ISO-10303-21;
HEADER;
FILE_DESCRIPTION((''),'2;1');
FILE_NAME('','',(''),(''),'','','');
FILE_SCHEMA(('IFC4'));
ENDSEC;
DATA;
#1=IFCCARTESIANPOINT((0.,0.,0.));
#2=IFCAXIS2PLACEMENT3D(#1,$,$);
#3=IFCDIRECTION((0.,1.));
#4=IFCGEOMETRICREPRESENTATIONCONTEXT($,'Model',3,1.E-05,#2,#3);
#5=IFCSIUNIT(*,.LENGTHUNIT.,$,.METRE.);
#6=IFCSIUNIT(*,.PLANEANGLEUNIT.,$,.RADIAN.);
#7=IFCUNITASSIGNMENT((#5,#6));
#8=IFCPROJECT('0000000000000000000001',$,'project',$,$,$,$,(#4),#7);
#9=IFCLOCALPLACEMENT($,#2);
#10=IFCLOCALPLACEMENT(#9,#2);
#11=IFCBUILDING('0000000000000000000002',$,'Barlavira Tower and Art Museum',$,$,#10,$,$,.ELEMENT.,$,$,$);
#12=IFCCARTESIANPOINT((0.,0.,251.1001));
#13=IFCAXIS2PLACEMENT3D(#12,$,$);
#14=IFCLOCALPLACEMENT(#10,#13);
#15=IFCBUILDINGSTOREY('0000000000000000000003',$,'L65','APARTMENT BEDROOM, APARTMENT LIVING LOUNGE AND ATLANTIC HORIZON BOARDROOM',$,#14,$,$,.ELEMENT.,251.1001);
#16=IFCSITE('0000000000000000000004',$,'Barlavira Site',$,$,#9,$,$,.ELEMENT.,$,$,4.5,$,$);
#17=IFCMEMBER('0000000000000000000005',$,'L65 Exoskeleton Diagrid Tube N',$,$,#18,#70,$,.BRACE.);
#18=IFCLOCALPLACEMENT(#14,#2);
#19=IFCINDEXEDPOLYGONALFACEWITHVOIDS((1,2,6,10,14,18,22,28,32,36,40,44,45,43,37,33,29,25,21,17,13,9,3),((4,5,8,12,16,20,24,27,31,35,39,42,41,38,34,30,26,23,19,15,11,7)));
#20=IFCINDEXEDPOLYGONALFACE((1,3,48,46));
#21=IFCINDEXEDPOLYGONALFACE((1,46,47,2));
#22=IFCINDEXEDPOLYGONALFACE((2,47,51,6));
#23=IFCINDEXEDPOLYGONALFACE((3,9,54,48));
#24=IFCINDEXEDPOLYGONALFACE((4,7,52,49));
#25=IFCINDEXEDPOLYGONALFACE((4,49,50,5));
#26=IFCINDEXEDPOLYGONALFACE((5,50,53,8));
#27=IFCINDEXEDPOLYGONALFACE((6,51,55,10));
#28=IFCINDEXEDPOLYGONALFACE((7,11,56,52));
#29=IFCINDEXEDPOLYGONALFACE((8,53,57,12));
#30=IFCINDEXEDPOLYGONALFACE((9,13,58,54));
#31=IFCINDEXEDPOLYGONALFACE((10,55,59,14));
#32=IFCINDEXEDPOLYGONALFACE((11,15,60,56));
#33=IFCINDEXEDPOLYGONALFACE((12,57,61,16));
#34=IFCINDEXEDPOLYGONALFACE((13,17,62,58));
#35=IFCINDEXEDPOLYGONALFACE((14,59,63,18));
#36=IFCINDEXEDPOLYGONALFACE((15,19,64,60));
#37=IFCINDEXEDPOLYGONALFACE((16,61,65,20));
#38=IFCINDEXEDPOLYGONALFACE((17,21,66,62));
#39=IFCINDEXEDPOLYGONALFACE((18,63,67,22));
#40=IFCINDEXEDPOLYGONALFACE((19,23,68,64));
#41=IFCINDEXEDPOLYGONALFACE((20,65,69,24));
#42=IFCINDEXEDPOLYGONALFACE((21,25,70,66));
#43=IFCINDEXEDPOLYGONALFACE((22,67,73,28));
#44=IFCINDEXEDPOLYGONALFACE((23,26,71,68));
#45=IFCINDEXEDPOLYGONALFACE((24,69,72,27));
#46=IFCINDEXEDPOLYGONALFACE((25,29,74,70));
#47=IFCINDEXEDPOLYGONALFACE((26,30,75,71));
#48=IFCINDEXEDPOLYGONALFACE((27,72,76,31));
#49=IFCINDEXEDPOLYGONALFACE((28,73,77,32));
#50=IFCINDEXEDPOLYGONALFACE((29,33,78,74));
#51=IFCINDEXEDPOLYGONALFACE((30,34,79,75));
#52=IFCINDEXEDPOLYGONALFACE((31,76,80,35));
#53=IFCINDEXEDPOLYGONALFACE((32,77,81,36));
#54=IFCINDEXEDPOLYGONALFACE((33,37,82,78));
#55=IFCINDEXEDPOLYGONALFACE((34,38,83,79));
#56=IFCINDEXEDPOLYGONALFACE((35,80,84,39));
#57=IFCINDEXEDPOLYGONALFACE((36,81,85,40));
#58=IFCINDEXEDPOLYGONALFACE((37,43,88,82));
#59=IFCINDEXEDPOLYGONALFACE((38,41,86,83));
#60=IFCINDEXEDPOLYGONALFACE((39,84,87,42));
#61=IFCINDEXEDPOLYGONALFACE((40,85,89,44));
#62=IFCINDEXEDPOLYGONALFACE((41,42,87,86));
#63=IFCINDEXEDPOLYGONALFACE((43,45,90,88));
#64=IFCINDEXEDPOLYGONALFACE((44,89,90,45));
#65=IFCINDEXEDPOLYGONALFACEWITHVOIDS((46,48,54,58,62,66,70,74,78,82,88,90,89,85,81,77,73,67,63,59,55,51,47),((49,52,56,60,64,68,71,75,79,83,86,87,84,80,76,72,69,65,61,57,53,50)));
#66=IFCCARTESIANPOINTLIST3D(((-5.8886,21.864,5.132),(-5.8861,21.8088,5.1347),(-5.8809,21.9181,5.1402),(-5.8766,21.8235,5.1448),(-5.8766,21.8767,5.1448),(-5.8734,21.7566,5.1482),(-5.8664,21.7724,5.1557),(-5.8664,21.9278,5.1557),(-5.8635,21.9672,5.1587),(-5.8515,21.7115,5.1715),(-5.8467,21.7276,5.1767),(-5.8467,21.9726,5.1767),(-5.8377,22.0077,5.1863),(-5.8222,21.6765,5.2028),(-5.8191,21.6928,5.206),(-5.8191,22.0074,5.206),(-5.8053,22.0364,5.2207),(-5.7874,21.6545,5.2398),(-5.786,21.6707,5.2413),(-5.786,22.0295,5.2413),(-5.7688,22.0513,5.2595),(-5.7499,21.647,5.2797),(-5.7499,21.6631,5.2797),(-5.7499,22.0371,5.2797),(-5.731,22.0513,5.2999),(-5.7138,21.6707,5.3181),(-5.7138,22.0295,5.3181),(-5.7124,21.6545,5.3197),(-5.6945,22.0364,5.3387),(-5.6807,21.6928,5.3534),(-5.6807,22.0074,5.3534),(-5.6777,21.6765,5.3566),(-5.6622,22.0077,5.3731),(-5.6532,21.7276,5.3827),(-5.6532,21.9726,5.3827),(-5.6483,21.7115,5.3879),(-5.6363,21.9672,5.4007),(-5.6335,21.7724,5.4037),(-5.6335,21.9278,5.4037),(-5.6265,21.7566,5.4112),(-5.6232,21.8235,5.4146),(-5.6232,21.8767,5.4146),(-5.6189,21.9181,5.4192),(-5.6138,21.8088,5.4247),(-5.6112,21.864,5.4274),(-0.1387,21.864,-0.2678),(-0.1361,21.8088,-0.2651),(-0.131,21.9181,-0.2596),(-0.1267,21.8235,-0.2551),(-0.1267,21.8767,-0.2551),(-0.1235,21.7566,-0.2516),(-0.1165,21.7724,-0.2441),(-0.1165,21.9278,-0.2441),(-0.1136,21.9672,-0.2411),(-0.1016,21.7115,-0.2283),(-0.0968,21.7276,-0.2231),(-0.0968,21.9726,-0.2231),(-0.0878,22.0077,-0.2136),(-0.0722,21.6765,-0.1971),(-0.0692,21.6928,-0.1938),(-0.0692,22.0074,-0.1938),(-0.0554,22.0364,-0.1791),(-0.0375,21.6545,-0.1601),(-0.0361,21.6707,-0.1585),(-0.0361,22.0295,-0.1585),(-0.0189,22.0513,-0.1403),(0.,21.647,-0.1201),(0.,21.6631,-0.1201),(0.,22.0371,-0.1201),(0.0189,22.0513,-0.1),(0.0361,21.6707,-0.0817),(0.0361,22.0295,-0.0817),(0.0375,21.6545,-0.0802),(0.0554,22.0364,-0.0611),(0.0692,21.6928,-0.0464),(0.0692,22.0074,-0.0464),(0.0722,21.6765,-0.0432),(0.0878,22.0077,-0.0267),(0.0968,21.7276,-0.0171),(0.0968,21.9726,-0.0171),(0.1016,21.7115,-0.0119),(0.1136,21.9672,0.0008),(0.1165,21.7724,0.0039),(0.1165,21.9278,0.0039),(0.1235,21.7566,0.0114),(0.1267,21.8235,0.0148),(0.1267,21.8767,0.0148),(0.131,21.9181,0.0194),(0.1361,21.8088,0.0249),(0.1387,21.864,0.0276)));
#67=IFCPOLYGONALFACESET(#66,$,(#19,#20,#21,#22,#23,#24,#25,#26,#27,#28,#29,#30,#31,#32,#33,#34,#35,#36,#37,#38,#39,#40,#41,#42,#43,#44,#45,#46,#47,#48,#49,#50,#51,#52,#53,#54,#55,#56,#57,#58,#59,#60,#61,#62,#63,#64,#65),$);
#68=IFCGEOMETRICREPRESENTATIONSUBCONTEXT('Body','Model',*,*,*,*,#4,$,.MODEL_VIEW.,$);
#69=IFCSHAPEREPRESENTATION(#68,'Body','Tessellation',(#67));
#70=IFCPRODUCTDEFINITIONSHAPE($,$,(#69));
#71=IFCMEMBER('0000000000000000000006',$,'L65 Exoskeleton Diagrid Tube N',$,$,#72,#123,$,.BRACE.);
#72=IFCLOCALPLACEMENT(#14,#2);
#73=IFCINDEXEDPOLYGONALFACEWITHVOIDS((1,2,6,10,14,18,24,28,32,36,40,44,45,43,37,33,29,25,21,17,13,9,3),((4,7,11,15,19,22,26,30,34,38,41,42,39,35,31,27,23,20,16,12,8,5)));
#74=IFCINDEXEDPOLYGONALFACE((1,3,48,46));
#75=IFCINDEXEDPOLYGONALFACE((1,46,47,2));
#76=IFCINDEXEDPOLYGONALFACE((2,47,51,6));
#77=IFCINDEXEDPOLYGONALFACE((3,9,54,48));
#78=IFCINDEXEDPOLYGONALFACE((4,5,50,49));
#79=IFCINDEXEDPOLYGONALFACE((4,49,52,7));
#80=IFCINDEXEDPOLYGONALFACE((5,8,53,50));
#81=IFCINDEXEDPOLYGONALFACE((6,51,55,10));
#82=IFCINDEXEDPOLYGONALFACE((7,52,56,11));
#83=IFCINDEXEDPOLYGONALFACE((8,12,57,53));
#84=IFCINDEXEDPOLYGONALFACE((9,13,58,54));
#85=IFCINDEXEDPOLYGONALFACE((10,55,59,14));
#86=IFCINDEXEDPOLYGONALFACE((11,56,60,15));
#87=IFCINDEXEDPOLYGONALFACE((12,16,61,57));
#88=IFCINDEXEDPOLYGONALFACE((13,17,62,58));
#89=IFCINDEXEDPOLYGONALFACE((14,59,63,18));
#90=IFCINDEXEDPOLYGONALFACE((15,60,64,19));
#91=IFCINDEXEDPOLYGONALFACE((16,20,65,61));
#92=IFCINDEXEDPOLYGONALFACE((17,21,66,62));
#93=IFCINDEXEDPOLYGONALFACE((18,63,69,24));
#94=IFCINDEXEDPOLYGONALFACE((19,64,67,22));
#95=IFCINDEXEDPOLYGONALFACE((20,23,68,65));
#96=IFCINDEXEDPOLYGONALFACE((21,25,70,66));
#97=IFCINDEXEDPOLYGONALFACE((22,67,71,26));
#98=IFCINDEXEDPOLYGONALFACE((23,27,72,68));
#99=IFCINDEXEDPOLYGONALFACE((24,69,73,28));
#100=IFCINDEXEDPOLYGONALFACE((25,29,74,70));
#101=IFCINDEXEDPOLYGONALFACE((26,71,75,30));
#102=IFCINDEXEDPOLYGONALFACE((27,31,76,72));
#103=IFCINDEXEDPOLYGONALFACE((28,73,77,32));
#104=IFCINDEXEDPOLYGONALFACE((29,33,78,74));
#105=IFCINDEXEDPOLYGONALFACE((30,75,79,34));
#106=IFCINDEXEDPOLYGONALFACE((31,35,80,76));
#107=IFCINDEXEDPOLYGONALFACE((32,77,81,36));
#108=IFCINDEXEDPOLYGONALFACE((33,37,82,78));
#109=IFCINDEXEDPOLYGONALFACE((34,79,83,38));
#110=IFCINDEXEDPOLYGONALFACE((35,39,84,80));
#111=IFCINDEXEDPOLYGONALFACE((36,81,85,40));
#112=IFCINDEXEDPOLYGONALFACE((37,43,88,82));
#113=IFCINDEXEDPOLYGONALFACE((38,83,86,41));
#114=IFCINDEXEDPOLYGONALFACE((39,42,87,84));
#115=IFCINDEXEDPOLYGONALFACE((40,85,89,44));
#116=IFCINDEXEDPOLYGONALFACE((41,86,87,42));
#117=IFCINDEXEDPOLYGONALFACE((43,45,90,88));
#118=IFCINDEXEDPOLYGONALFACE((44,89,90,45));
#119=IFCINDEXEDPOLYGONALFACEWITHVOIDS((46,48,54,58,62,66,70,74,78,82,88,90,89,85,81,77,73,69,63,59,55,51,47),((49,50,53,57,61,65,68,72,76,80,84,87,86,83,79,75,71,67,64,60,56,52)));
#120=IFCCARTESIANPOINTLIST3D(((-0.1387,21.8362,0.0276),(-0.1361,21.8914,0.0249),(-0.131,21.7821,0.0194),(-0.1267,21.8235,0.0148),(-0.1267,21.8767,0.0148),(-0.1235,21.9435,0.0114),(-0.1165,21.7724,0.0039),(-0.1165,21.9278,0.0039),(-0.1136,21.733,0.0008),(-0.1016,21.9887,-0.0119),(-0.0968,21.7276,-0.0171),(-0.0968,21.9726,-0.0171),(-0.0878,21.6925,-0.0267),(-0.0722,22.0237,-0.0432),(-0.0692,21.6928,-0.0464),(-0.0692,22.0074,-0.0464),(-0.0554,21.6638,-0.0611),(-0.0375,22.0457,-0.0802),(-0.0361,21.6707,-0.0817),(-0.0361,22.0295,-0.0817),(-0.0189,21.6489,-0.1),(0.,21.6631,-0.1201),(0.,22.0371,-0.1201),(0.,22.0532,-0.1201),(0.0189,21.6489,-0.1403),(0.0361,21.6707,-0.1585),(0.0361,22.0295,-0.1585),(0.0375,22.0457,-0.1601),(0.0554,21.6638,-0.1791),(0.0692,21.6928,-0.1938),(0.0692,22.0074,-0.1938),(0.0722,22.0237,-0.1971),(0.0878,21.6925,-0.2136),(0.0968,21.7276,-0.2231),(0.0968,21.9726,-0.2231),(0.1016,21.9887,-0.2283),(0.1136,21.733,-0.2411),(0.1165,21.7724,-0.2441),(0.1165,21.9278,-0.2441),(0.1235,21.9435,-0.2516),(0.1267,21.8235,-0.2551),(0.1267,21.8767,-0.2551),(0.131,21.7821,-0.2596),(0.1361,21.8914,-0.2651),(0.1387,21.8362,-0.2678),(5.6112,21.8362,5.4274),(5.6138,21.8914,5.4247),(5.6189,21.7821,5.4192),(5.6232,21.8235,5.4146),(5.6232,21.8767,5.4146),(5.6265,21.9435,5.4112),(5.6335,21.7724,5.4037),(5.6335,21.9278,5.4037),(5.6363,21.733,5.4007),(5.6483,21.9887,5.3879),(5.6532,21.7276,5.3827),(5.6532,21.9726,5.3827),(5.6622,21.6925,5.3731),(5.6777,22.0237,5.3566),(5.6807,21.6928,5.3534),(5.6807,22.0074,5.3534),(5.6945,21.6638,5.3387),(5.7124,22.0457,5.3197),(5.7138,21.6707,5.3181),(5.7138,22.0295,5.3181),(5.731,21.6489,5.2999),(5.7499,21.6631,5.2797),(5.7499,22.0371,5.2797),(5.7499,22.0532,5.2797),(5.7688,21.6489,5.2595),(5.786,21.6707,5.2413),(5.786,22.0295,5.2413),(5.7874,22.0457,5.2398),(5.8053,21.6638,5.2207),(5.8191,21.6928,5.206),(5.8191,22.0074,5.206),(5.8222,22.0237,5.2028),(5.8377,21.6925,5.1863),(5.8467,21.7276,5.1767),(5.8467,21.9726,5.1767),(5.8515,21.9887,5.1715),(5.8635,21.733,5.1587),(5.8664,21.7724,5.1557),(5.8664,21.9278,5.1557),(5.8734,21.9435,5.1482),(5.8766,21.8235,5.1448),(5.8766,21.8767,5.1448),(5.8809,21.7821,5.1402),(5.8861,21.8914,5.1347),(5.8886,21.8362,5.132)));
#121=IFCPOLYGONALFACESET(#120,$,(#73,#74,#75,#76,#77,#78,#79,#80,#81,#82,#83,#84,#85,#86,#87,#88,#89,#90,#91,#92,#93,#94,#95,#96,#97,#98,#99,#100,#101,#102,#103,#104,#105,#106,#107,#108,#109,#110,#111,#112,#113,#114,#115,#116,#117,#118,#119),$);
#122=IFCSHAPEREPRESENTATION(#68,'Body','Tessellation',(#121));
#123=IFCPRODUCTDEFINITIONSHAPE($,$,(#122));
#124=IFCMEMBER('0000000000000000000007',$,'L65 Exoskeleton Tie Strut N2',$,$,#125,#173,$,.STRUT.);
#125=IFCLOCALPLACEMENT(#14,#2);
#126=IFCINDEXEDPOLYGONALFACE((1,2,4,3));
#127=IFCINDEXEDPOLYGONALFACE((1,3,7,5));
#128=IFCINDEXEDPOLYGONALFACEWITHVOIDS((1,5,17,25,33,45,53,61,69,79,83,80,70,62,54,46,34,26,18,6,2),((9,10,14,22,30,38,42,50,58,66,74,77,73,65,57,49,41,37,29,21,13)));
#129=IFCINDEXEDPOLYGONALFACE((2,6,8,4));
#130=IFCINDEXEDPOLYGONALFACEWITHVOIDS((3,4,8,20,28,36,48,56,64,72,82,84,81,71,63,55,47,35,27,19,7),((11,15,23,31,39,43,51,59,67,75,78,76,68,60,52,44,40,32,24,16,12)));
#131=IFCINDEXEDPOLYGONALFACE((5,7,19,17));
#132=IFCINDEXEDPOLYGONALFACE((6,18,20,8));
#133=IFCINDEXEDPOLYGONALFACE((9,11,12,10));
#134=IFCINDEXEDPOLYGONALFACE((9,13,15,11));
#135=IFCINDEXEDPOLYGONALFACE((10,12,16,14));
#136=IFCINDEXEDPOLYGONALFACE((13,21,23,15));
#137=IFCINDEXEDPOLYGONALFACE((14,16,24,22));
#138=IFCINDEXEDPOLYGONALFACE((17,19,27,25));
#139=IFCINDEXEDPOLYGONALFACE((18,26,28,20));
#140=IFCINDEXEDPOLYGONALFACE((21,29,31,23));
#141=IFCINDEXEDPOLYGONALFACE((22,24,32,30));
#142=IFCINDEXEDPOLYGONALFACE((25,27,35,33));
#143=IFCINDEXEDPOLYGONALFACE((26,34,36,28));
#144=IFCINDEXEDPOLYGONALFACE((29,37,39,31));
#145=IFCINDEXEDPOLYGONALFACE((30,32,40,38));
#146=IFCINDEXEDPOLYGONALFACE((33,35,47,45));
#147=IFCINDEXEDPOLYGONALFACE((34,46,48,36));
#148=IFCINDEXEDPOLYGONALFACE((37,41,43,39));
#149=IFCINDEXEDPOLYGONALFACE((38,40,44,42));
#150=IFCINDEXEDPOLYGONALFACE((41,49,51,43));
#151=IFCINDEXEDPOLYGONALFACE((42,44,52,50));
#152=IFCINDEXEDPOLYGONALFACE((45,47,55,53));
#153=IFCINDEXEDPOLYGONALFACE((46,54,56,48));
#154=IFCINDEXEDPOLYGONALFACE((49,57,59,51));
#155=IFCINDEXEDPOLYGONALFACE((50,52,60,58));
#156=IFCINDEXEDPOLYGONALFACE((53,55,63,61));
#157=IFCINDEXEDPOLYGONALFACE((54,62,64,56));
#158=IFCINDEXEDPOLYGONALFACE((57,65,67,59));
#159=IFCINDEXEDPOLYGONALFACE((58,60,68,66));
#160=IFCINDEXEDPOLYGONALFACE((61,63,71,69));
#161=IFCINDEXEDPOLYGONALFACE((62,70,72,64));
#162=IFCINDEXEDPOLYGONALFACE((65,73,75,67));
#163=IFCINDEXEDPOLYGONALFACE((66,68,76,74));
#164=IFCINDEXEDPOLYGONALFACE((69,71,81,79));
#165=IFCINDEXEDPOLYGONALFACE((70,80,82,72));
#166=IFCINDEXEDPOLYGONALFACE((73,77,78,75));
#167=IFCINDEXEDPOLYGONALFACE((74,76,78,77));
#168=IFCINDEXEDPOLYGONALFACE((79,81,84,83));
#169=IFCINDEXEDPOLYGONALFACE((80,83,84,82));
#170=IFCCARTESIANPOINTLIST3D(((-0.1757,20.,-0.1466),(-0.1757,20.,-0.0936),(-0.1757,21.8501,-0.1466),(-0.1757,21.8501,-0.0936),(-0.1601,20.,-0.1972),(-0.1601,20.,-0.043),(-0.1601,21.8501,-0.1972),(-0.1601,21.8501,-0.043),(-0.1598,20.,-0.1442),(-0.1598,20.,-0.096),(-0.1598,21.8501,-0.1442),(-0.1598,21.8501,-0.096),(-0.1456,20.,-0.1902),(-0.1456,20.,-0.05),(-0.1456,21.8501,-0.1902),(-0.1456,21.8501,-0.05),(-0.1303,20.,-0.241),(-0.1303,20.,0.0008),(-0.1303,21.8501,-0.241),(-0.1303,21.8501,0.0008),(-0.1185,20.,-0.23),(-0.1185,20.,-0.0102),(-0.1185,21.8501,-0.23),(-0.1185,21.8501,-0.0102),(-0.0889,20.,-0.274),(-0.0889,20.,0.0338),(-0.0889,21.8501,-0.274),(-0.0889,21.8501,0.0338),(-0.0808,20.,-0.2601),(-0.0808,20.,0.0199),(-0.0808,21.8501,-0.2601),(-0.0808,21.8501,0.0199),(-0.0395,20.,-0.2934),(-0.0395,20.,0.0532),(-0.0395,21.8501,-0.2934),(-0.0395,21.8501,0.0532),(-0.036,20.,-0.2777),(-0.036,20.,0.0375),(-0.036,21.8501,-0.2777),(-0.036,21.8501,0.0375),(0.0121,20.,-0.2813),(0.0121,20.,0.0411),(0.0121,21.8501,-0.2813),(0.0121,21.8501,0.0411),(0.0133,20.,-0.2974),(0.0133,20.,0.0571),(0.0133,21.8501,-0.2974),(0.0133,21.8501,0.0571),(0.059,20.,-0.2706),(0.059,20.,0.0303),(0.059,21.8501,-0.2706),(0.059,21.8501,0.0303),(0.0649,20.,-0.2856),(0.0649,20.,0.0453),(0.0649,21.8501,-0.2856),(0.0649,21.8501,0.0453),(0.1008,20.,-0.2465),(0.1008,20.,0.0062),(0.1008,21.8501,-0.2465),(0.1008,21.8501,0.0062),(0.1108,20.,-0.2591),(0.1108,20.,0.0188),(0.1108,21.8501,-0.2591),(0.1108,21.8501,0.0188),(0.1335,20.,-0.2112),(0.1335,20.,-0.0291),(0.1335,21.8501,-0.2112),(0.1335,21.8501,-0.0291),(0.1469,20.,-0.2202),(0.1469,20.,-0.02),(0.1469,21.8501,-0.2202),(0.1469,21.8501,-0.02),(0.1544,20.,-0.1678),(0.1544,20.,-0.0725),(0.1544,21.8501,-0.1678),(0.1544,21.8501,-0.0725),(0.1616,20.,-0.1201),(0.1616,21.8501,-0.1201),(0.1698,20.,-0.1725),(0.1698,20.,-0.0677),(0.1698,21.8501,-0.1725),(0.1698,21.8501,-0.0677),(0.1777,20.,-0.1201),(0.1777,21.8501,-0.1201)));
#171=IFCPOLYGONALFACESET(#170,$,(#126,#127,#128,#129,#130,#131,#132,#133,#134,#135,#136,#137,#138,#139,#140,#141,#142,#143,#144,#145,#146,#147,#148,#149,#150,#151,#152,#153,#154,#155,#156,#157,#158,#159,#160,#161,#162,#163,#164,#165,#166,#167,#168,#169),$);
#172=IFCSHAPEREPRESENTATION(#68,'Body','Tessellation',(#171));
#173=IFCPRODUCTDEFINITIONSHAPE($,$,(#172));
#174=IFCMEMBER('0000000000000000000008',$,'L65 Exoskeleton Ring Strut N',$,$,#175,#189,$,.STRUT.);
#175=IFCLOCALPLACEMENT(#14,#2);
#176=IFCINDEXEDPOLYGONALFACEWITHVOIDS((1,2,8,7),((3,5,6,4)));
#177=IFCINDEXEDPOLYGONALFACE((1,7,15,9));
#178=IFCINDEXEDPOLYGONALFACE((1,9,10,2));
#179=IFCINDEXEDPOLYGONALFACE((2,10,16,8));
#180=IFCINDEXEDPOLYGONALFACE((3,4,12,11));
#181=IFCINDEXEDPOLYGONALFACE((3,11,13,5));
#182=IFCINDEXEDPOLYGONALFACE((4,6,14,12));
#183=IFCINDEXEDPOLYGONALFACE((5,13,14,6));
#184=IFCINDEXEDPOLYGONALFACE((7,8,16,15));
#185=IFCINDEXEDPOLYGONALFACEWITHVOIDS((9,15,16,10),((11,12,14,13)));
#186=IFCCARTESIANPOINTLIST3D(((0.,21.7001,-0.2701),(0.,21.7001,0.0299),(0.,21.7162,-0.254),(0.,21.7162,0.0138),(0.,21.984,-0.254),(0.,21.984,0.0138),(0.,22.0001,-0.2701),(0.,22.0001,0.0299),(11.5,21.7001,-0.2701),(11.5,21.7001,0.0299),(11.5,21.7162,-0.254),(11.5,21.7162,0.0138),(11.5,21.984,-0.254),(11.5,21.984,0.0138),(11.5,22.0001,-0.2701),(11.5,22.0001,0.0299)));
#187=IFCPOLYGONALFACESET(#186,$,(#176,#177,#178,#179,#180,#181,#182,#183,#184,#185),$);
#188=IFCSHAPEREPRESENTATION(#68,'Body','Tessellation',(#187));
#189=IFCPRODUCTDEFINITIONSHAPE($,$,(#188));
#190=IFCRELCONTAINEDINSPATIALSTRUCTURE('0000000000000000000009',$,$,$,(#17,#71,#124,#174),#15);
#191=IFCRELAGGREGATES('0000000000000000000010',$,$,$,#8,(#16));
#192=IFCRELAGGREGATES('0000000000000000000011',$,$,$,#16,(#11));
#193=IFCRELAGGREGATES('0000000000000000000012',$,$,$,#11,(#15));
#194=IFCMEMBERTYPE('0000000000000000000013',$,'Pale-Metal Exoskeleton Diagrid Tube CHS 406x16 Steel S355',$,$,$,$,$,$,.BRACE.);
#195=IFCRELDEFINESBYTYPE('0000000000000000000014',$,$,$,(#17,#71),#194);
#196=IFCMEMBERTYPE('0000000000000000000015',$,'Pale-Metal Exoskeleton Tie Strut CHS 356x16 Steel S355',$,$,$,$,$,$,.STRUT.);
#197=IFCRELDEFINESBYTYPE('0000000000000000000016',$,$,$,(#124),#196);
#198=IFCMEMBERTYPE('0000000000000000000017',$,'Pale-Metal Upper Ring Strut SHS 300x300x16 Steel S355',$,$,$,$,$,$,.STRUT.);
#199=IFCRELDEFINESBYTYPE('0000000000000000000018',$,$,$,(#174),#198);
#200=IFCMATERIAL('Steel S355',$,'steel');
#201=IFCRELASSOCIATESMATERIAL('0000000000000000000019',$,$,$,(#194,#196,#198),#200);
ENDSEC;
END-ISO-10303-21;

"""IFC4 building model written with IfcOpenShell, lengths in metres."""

from ifc_helpers import new_model, si_unit, direction, frame, origin, origin_2d, place, context, subcontext, project, spatial, hollow_rectangle, hollow_circle, extrude, material, material_profile, profile_set, type_object, element, save


model = new_model("IFC4")

# Units and contexts
model_context = context("Model", 3, precision=1e-05, world=origin(), true_north=direction((0.0, 1.0)))
body_context = subcontext(model_context, "Body", "Model", "MODEL_VIEW")
ifc_project = project(units=[si_unit("LENGTHUNIT", "METRE"), si_unit("PLANEANGLEUNIT", "RADIAN")], contexts=[model_context])

# Site, building, storey
site_placement = place(None, origin())
site = spatial("IfcSite", under=ifc_project, at=site_placement, Name="Barlavira Site", CompositionType="ELEMENT", RefElevation=4.5)
building_placement = place(site_placement, origin())
building = spatial("IfcBuilding", under=site, at=building_placement, Name="Barlavira Tower and Art Museum", CompositionType="ELEMENT")
storey_placement = place(building_placement, frame((0.0, 0.0, 251.1001)))
storey = spatial("IfcBuildingStorey", under=building, at=storey_placement, Name="L65", Description="APARTMENT BEDROOM, APARTMENT LIVING LOUNGE AND ATLANTIC HORIZON BOARDROOM", CompositionType="ELEMENT", Elevation=251.1001)

# Members
ifc_material_1 = material(Name="Steel S355", Category="steel")
ifc_material_profile_1 = material_profile(ifc_material_1, hollow_circle(Radius=0.2031, WallThickness=0.0161, at=origin_2d()), Name="CHS 406.4x16.0")
ifc_profile_set_1 = profile_set([ifc_material_profile_1], Name="Steel S355")
member_type_1 = type_object("IfcMemberType", Name="Pale-Metal Exoskeleton Diagrid Tube CHS 406x16 Steel S355", PredefinedType="BRACE", material=ifc_profile_set_1)
for number, where, z_axis, x_axis, name in (
    (1, (0.0, 21.8501, -0.1201), (-0.72895, 0.0, 0.684567), (0.0, -1.0, 0.0), "L65 Exoskeleton Diagrid Tube N"),
    (2, (0.0, 21.8501, -0.1201), (0.72895, 0.0, 0.684567), (0.0, 1.0, 0.0), "L65 Exoskeleton Diagrid Tube N"),
):
    element("IfcMember", number, at=place(storey_placement, frame(where, z_axis=z_axis, x_axis=x_axis)), inside=storey, type_object=member_type_1, Name=name, PredefinedType="BRACE", context=body_context, shape_type="SweptSolid", body=[
        extrude(hollow_circle(Radius=0.2031, WallThickness=0.0161, at=origin_2d()), origin(), (0.0, 0.0, 1.0), 7.8879),
    ])
ifc_material_profile_2 = material_profile(ifc_material_1, hollow_circle(Radius=0.1777, WallThickness=0.0161, at=origin_2d()), Name="CHS 355.6x16.0")
ifc_profile_set_2 = profile_set([ifc_material_profile_2], Name="Steel S355")
member_type_2 = type_object("IfcMemberType", Name="Pale-Metal Exoskeleton Tie Strut CHS 356x16 Steel S355", PredefinedType="STRUT", material=ifc_profile_set_2)
member_1_placement = place(storey_placement, frame((0.0, 21.8501, -0.1201), z_axis=(0.0, -1.0, 0.0), x_axis=(1.0, 0.0, 0.0)))
element("IfcMember", 3, at=member_1_placement, inside=storey, type_object=member_type_2, Name="L65 Exoskeleton Tie Strut N2", PredefinedType="STRUT", context=body_context, shape_type="SweptSolid", body=[
    extrude(hollow_circle(Radius=0.1777, WallThickness=0.0161, at=origin_2d()), origin(), (0.0, 0.0, 1.0), 1.8501),
])
ifc_material_profile_3 = material_profile(ifc_material_1, hollow_rectangle(XDim=0.3, YDim=0.3, WallThickness=0.0161, at=origin_2d()), Name="SHS 300x300x16.0")
ifc_profile_set_3 = profile_set([ifc_material_profile_3], Name="Steel S355")
member_type_3 = type_object("IfcMemberType", Name="Pale-Metal Upper Ring Strut SHS 300x300x16 Steel S355", PredefinedType="STRUT", material=ifc_profile_set_3)
member_2_placement = place(storey_placement, frame((0.0, 21.8501, -0.1201), z_axis=(1.0, 0.0, 0.0), x_axis=(0.0, 1.0, 0.0)))
element("IfcMember", 4, at=member_2_placement, inside=storey, type_object=member_type_3, Name="L65 Exoskeleton Ring Strut N", PredefinedType="STRUT", context=body_context, shape_type="SweptSolid", body=[
    extrude(hollow_rectangle(XDim=0.3, YDim=0.3, WallThickness=0.0161, at=origin_2d()), origin(), (0.0, 0.0, 1.0), 11.5),
])

save(model, "model.ifc")
